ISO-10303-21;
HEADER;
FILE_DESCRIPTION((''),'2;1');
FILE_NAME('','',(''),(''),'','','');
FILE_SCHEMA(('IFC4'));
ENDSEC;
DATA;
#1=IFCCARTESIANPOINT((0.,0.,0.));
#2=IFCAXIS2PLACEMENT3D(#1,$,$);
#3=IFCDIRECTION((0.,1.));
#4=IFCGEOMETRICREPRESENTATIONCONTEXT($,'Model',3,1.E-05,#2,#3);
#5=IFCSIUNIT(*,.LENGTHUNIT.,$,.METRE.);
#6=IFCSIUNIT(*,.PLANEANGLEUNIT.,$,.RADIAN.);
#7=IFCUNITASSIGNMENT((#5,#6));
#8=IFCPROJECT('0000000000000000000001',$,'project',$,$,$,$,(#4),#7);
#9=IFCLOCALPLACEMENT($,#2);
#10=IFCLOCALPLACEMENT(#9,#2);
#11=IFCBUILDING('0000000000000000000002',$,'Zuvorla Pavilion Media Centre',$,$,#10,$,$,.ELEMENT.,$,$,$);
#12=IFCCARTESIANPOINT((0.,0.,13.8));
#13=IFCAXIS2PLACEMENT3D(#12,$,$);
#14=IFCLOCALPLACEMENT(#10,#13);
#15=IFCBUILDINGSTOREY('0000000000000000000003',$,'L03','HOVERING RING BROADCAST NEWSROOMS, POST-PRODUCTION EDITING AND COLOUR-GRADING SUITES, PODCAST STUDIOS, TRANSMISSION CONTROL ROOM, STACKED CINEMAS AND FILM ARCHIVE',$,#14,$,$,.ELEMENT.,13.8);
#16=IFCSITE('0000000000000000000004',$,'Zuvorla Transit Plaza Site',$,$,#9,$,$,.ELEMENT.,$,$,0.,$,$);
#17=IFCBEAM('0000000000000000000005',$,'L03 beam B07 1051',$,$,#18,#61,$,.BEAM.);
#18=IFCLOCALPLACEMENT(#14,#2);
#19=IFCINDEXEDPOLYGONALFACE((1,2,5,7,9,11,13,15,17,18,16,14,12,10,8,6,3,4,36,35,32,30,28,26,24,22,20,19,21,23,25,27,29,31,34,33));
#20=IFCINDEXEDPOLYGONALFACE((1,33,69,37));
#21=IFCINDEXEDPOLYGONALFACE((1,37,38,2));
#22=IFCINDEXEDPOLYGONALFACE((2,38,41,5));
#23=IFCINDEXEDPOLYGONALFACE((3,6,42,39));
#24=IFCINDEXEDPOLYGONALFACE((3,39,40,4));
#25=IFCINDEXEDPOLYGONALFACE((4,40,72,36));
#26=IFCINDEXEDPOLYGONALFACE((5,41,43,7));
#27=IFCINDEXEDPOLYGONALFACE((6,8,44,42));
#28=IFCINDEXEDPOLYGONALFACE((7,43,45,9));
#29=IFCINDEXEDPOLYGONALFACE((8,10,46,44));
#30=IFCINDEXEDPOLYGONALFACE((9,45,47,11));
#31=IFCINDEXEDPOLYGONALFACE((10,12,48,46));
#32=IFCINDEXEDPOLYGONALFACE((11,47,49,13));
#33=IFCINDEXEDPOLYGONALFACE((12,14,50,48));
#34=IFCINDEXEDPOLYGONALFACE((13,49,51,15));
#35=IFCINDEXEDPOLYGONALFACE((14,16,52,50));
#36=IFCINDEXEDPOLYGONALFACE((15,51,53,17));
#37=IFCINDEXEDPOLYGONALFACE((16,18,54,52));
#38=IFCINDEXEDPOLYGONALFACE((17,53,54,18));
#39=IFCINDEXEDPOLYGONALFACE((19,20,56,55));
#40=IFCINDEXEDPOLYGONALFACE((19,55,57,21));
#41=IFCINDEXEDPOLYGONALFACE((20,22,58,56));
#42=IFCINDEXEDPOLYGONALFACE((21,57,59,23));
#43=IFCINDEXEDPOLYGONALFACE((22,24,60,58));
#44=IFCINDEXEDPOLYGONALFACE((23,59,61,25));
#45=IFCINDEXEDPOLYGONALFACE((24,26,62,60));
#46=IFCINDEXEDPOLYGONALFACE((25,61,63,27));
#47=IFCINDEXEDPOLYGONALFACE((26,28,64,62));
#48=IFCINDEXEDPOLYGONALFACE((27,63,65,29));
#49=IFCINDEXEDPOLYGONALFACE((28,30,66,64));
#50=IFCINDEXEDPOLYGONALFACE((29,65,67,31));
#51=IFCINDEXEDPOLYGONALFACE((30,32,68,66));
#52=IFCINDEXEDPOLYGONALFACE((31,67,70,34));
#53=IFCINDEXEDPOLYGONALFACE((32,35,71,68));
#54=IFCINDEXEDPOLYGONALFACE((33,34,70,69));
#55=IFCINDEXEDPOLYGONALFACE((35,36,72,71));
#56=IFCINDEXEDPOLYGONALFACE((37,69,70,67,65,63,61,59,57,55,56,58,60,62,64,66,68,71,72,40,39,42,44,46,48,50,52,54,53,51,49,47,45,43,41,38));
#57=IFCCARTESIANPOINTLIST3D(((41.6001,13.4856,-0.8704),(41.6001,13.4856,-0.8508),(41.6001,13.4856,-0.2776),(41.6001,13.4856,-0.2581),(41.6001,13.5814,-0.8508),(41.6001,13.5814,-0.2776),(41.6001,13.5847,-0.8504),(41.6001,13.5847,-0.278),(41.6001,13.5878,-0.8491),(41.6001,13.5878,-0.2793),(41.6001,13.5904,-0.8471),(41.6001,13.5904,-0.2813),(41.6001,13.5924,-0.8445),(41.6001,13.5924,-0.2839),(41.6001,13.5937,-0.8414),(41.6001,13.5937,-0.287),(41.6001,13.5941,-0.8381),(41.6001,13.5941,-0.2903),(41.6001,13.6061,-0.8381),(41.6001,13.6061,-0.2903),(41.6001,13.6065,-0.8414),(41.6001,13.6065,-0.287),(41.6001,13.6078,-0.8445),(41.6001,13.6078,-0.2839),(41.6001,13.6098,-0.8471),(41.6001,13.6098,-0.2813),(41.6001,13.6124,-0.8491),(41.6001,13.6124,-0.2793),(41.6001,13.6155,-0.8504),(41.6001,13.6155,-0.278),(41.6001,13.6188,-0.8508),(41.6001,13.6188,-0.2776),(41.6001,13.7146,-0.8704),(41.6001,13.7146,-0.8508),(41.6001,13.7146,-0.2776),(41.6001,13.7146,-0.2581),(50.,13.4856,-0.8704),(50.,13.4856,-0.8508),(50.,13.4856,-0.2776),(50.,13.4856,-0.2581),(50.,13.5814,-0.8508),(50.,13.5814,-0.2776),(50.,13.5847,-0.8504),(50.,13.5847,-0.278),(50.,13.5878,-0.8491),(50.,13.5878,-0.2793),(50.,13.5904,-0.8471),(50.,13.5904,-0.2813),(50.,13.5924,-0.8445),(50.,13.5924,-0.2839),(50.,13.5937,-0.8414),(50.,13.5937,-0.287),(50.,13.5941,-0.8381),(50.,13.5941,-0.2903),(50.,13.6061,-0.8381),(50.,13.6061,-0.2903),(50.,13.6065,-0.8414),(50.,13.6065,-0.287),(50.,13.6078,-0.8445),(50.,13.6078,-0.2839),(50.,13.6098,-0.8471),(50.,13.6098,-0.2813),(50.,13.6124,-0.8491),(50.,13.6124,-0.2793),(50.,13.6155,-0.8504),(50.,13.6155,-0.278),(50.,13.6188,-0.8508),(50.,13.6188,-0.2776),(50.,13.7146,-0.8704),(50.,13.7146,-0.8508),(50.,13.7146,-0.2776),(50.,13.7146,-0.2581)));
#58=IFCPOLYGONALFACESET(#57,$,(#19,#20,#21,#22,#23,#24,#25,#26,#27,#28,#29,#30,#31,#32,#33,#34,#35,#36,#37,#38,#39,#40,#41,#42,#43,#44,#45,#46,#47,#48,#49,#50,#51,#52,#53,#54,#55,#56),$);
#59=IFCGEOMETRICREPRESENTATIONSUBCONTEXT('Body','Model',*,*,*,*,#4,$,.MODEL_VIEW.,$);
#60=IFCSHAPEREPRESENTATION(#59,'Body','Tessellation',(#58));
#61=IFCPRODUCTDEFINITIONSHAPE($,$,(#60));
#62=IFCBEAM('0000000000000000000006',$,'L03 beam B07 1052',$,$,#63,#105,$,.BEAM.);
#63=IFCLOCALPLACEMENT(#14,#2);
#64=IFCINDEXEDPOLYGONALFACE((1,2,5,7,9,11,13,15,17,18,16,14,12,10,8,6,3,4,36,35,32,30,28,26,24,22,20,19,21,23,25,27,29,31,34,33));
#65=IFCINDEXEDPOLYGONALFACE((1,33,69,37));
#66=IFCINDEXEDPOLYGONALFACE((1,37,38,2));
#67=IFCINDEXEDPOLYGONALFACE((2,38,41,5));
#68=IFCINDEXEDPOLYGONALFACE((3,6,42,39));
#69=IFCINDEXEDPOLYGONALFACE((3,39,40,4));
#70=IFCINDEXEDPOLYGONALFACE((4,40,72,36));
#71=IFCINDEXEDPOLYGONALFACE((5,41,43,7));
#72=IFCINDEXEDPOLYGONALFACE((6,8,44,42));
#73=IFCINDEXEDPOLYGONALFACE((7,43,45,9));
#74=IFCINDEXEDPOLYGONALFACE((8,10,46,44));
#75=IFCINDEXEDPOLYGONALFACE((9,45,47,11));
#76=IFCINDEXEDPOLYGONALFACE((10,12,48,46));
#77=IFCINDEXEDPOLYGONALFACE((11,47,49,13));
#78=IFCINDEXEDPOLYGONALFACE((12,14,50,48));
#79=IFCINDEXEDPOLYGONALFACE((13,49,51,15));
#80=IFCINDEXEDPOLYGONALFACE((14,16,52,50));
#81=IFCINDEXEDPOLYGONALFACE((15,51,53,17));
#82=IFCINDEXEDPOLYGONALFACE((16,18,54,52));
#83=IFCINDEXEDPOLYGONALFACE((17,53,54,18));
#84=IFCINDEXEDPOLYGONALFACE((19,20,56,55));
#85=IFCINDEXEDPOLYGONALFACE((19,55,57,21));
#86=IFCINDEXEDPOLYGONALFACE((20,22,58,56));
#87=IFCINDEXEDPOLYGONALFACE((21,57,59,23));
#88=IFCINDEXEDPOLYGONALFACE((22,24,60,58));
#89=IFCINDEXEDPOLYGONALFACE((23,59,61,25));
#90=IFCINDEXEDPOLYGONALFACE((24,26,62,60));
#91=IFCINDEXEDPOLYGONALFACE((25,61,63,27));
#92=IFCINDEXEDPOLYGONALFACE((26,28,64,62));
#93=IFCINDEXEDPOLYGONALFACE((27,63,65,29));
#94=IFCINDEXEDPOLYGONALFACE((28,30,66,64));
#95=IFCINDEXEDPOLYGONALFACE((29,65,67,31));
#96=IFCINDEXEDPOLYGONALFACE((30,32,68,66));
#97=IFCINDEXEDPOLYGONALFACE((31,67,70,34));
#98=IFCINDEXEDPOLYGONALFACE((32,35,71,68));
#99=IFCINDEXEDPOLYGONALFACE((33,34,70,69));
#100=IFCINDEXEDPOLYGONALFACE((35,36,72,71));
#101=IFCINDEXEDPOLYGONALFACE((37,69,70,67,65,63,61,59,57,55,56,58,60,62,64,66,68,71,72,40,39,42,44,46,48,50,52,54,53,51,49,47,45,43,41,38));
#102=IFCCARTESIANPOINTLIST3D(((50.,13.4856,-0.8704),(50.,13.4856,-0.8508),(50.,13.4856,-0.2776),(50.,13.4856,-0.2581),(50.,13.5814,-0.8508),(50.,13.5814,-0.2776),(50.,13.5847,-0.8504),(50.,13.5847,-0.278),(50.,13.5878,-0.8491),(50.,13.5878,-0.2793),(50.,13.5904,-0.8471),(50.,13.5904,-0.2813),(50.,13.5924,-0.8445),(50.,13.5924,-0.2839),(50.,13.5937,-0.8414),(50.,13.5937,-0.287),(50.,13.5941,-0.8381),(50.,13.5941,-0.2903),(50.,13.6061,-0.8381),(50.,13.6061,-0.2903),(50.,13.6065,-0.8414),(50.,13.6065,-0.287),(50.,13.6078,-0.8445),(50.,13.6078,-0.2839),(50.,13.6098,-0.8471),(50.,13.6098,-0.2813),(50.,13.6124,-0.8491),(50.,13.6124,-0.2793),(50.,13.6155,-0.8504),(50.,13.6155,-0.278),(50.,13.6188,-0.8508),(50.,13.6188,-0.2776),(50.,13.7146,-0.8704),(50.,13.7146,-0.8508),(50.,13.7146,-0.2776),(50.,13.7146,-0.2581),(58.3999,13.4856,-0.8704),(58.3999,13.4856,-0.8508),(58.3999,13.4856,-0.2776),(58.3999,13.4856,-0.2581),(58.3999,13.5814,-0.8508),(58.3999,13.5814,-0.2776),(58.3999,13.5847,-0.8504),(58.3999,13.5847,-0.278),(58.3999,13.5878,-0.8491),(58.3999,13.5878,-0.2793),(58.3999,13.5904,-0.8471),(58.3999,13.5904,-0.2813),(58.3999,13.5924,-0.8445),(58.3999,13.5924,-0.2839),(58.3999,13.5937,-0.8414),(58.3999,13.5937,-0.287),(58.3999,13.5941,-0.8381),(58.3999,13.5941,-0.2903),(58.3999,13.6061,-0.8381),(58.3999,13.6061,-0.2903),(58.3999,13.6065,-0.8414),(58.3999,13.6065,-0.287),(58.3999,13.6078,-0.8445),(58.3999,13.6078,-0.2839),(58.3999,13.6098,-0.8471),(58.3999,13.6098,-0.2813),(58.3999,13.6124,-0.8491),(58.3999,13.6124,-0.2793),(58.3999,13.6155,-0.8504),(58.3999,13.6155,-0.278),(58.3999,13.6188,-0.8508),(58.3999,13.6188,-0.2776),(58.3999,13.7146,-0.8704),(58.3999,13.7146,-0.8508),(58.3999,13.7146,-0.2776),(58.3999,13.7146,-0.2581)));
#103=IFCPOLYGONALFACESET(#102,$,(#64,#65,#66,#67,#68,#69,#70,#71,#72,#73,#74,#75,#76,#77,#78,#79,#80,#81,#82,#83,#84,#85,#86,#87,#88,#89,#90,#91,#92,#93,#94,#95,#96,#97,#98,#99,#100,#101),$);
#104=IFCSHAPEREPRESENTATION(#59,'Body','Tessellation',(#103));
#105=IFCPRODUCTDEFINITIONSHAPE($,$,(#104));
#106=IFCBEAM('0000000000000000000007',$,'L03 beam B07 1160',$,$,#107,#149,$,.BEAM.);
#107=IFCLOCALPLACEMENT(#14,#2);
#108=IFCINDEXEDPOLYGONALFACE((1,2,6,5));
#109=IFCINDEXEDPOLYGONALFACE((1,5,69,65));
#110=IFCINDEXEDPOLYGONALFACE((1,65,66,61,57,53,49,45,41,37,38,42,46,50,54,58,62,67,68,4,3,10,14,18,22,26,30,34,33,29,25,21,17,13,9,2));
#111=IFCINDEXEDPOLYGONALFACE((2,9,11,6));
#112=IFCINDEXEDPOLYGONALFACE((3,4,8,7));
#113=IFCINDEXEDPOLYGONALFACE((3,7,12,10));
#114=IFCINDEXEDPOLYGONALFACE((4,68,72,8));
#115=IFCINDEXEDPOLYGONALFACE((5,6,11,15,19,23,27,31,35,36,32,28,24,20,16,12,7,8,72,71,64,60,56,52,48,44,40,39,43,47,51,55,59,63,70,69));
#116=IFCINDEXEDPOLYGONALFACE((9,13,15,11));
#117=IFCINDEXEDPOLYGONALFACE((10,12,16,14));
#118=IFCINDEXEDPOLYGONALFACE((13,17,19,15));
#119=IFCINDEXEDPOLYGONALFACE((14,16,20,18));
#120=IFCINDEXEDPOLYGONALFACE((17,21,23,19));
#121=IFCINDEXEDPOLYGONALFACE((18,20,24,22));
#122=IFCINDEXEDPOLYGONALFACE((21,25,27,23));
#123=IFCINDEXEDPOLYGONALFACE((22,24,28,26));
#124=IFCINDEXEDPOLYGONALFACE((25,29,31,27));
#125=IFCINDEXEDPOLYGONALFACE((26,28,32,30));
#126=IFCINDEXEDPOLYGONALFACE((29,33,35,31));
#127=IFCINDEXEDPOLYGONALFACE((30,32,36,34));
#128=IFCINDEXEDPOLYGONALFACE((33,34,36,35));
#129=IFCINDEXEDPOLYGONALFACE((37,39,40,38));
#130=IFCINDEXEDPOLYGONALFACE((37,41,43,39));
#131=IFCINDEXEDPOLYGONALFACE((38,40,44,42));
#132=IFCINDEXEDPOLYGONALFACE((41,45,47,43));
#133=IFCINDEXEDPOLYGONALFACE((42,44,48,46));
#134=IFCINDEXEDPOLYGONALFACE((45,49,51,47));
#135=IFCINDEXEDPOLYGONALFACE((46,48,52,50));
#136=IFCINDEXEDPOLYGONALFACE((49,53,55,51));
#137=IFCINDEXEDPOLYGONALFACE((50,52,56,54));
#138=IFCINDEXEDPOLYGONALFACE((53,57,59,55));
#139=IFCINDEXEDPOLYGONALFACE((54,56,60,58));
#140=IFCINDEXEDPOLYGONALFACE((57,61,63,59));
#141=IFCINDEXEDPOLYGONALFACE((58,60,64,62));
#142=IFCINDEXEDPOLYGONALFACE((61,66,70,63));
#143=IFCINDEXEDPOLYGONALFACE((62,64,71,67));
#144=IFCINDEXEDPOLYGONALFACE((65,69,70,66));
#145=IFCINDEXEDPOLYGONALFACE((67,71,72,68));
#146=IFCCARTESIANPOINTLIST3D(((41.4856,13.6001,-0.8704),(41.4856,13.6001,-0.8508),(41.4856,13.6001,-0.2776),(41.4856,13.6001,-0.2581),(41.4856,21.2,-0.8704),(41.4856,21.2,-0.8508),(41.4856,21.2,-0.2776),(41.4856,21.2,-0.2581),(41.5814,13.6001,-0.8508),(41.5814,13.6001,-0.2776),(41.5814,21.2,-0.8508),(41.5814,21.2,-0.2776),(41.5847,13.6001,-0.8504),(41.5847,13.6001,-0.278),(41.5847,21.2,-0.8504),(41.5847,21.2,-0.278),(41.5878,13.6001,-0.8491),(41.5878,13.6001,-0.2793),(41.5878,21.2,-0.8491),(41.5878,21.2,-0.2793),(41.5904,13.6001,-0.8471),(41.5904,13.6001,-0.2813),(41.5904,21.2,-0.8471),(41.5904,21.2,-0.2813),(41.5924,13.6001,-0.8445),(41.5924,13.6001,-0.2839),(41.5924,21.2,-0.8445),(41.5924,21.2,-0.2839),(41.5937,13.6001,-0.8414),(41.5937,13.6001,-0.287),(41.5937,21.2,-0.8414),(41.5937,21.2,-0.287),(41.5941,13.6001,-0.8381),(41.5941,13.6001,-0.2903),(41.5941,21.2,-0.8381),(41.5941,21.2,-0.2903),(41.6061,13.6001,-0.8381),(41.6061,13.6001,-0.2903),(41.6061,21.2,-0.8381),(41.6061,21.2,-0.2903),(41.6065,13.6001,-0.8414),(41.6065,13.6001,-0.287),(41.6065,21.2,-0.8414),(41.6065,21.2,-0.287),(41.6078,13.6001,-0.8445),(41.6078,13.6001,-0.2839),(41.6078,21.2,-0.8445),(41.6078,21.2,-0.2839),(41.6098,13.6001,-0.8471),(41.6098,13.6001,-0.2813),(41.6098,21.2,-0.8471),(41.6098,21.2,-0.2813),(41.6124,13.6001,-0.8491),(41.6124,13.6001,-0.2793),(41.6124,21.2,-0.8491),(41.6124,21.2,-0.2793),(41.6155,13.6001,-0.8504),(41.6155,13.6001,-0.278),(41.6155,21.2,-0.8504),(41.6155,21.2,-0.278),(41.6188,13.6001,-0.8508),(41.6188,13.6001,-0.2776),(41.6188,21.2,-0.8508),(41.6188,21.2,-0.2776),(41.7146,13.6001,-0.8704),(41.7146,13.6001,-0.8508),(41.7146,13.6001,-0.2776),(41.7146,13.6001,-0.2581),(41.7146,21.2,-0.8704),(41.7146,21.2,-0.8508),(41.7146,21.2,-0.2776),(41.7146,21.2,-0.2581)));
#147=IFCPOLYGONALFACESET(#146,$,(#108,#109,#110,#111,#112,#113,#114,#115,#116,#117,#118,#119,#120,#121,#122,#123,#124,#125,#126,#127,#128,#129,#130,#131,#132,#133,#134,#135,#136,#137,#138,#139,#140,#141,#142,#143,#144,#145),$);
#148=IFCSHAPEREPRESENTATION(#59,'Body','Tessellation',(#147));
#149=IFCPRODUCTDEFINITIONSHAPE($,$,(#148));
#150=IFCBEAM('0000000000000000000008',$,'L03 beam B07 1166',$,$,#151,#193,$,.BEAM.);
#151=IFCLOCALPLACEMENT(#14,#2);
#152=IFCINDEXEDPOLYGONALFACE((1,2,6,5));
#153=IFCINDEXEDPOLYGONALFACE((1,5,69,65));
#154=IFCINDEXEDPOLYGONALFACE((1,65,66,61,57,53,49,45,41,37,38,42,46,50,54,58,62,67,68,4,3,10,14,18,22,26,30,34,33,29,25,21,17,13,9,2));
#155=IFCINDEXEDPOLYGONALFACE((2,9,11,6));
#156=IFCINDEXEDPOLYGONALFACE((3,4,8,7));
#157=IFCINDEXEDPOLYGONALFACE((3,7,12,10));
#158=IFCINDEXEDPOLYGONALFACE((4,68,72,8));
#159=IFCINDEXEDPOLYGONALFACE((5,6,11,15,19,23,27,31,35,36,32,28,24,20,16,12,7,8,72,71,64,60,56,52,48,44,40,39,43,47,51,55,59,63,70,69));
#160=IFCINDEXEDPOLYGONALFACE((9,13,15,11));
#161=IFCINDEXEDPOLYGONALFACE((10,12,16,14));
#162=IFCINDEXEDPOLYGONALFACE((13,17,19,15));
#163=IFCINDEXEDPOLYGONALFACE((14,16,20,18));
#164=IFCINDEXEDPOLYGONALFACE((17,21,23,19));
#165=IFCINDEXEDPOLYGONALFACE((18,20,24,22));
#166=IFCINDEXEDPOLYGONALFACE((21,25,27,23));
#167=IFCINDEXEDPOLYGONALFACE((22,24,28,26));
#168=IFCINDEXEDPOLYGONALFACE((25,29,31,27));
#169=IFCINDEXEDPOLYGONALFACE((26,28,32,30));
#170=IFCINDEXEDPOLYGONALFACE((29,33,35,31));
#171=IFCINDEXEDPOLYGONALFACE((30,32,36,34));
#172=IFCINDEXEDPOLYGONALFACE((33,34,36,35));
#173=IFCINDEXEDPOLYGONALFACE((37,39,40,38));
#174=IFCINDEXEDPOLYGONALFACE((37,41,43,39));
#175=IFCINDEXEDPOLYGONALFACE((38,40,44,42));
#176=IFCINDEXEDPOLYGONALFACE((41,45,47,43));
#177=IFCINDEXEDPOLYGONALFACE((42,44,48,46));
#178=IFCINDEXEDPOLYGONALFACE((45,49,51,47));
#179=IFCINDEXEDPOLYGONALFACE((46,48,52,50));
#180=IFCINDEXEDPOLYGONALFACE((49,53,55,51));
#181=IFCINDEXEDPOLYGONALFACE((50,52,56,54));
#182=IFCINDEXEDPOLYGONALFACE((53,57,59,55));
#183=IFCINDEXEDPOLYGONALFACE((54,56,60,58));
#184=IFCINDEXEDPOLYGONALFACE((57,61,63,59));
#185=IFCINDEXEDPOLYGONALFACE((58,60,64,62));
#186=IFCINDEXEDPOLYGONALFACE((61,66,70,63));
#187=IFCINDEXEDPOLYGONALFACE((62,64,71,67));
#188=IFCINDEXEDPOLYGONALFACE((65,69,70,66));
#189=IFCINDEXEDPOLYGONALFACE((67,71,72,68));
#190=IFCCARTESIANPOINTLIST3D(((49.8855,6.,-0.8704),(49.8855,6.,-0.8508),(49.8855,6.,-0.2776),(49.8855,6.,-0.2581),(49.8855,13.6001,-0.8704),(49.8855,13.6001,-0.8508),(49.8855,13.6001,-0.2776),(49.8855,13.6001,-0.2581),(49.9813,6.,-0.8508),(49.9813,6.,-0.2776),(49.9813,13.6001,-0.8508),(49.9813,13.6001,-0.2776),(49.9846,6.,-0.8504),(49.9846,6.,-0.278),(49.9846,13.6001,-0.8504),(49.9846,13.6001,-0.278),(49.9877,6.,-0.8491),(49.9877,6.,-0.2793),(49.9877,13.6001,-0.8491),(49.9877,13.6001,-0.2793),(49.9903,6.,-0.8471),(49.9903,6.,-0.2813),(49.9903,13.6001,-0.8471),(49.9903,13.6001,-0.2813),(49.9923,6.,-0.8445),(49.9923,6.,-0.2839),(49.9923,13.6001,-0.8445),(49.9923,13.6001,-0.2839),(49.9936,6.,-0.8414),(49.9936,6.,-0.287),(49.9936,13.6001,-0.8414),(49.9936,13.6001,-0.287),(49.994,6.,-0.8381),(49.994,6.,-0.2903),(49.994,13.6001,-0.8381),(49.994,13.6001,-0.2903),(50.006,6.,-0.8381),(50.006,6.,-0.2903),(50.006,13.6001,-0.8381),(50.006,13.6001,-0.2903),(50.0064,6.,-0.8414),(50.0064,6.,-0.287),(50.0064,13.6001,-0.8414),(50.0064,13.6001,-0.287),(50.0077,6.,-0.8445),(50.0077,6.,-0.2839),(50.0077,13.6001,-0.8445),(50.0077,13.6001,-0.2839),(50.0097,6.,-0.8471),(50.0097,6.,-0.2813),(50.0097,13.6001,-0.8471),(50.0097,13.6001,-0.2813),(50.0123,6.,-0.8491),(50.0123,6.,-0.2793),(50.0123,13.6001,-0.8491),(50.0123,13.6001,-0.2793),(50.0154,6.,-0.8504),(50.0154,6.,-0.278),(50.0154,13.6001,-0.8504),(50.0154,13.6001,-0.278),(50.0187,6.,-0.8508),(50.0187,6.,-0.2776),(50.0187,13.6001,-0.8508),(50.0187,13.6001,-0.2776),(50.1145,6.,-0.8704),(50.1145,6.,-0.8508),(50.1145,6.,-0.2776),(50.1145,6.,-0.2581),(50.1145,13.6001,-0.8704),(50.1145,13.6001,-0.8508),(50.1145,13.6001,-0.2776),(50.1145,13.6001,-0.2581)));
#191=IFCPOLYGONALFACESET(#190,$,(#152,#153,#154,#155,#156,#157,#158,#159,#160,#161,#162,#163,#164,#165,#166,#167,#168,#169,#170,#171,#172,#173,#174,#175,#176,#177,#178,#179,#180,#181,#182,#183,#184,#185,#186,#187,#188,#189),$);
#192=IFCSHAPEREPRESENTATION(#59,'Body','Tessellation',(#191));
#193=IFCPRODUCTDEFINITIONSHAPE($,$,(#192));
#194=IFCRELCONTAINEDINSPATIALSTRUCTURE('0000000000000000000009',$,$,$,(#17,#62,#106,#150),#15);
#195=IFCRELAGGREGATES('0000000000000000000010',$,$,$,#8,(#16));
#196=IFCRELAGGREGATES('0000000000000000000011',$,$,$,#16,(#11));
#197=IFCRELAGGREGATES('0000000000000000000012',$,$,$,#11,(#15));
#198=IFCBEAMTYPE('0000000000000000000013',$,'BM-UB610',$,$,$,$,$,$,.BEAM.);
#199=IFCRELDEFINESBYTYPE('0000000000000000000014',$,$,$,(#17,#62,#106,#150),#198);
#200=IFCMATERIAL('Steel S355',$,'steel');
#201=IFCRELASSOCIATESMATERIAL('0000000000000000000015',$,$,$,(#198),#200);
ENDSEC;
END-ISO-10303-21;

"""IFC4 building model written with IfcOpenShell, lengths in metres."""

from ifc_helpers import new_model, si_unit, direction, frame, origin, origin_2d, place, context, subcontext, project, spatial, i_section, extrude, material, material_profile, profile_set, type_object, element, save


model = new_model("IFC4")

# Units and contexts
model_context = context("Model", 3, precision=1e-05, world=origin(), true_north=direction((0.0, 1.0)))
body_context = subcontext(model_context, "Body", "Model", "MODEL_VIEW")
ifc_project = project(units=[si_unit("LENGTHUNIT", "METRE"), si_unit("PLANEANGLEUNIT", "RADIAN")], contexts=[model_context])

# Site, building, storey
site_placement = place(None, origin())
site = spatial("IfcSite", under=ifc_project, at=site_placement, Name="Zuvorla Transit Plaza Site", CompositionType="ELEMENT", RefElevation=0.0)
building_placement = place(site_placement, origin())
building = spatial("IfcBuilding", under=site, at=building_placement, Name="Zuvorla Pavilion Media Centre", CompositionType="ELEMENT")
storey_placement = place(building_placement, frame((0.0, 0.0, 13.8)))
storey = spatial("IfcBuildingStorey", under=building, at=storey_placement, Name="L03", Description="HOVERING RING BROADCAST NEWSROOMS, POST-PRODUCTION EDITING AND COLOUR-GRADING SUITES, PODCAST STUDIOS, TRANSMISSION CONTROL ROOM, STACKED CINEMAS AND FILM ARCHIVE", CompositionType="ELEMENT", Elevation=13.8)

# Beams
ifc_material_1 = material(Name="Steel S355", Category="steel")
ifc_material_profile_1 = material_profile(ifc_material_1, i_section(OverallWidth=0.229, OverallDepth=0.6123, WebThickness=0.012, FlangeThickness=0.0195, FilletRadius=0.0127, at=origin_2d()), Name="UB 610x229x125")
ifc_profile_set_1 = profile_set([ifc_material_profile_1], Name="Steel S355")
beam_type_1 = type_object("IfcBeamType", Name="BM-UB610", PredefinedType="BEAM", material=ifc_profile_set_1)
for number, where, z_axis, x_axis, name in (
    (1, (41.6001, 13.6001, -0.5642), (1.0, 0.0, 0.0), (0.0, 1.0, 0.0), "L03 beam B07 1051"),
    (2, (50.0, 13.6001, -0.5642), (1.0, 0.0, 0.0), (0.0, 1.0, 0.0), "L03 beam B07 1052"),
):
    element("IfcBeam", number, at=place(storey_placement, frame(where, z_axis=z_axis, x_axis=x_axis)), inside=storey, type_object=beam_type_1, Name=name, PredefinedType="BEAM", context=body_context, shape_type="SweptSolid", body=[
        extrude(i_section(OverallWidth=0.229, OverallDepth=0.6123, WebThickness=0.012, FlangeThickness=0.0195, FilletRadius=0.0127, at=origin_2d()), origin(), (0.0, 0.0, 1.0), 8.3999),
    ])
beam_1_placement = place(storey_placement, frame((41.6001, 13.6001, -0.5642), z_axis=(0.0, 1.0, 0.0), x_axis=(-1.0, 0.0, 0.0)))
element("IfcBeam", 3, at=beam_1_placement, inside=storey, type_object=beam_type_1, Name="L03 beam B07 1160", PredefinedType="BEAM", context=body_context, shape_type="SweptSolid", body=[
    extrude(i_section(OverallWidth=0.229, OverallDepth=0.6123, WebThickness=0.012, FlangeThickness=0.0195, FilletRadius=0.0127, at=origin_2d()), origin(), (0.0, 0.0, 1.0), 7.5999),
])
beam_2_placement = place(storey_placement, frame((50.0, 6.0, -0.5642), z_axis=(0.0, 1.0, 0.0), x_axis=(-1.0, 0.0, 0.0)))
element("IfcBeam", 4, at=beam_2_placement, inside=storey, type_object=beam_type_1, Name="L03 beam B07 1166", PredefinedType="BEAM", context=body_context, shape_type="SweptSolid", body=[
    extrude(i_section(OverallWidth=0.229, OverallDepth=0.6123, WebThickness=0.012, FlangeThickness=0.0195, FilletRadius=0.0127, at=origin_2d()), origin(), (0.0, 0.0, 1.0), 7.6001),
])

save(model, "model.ifc")
